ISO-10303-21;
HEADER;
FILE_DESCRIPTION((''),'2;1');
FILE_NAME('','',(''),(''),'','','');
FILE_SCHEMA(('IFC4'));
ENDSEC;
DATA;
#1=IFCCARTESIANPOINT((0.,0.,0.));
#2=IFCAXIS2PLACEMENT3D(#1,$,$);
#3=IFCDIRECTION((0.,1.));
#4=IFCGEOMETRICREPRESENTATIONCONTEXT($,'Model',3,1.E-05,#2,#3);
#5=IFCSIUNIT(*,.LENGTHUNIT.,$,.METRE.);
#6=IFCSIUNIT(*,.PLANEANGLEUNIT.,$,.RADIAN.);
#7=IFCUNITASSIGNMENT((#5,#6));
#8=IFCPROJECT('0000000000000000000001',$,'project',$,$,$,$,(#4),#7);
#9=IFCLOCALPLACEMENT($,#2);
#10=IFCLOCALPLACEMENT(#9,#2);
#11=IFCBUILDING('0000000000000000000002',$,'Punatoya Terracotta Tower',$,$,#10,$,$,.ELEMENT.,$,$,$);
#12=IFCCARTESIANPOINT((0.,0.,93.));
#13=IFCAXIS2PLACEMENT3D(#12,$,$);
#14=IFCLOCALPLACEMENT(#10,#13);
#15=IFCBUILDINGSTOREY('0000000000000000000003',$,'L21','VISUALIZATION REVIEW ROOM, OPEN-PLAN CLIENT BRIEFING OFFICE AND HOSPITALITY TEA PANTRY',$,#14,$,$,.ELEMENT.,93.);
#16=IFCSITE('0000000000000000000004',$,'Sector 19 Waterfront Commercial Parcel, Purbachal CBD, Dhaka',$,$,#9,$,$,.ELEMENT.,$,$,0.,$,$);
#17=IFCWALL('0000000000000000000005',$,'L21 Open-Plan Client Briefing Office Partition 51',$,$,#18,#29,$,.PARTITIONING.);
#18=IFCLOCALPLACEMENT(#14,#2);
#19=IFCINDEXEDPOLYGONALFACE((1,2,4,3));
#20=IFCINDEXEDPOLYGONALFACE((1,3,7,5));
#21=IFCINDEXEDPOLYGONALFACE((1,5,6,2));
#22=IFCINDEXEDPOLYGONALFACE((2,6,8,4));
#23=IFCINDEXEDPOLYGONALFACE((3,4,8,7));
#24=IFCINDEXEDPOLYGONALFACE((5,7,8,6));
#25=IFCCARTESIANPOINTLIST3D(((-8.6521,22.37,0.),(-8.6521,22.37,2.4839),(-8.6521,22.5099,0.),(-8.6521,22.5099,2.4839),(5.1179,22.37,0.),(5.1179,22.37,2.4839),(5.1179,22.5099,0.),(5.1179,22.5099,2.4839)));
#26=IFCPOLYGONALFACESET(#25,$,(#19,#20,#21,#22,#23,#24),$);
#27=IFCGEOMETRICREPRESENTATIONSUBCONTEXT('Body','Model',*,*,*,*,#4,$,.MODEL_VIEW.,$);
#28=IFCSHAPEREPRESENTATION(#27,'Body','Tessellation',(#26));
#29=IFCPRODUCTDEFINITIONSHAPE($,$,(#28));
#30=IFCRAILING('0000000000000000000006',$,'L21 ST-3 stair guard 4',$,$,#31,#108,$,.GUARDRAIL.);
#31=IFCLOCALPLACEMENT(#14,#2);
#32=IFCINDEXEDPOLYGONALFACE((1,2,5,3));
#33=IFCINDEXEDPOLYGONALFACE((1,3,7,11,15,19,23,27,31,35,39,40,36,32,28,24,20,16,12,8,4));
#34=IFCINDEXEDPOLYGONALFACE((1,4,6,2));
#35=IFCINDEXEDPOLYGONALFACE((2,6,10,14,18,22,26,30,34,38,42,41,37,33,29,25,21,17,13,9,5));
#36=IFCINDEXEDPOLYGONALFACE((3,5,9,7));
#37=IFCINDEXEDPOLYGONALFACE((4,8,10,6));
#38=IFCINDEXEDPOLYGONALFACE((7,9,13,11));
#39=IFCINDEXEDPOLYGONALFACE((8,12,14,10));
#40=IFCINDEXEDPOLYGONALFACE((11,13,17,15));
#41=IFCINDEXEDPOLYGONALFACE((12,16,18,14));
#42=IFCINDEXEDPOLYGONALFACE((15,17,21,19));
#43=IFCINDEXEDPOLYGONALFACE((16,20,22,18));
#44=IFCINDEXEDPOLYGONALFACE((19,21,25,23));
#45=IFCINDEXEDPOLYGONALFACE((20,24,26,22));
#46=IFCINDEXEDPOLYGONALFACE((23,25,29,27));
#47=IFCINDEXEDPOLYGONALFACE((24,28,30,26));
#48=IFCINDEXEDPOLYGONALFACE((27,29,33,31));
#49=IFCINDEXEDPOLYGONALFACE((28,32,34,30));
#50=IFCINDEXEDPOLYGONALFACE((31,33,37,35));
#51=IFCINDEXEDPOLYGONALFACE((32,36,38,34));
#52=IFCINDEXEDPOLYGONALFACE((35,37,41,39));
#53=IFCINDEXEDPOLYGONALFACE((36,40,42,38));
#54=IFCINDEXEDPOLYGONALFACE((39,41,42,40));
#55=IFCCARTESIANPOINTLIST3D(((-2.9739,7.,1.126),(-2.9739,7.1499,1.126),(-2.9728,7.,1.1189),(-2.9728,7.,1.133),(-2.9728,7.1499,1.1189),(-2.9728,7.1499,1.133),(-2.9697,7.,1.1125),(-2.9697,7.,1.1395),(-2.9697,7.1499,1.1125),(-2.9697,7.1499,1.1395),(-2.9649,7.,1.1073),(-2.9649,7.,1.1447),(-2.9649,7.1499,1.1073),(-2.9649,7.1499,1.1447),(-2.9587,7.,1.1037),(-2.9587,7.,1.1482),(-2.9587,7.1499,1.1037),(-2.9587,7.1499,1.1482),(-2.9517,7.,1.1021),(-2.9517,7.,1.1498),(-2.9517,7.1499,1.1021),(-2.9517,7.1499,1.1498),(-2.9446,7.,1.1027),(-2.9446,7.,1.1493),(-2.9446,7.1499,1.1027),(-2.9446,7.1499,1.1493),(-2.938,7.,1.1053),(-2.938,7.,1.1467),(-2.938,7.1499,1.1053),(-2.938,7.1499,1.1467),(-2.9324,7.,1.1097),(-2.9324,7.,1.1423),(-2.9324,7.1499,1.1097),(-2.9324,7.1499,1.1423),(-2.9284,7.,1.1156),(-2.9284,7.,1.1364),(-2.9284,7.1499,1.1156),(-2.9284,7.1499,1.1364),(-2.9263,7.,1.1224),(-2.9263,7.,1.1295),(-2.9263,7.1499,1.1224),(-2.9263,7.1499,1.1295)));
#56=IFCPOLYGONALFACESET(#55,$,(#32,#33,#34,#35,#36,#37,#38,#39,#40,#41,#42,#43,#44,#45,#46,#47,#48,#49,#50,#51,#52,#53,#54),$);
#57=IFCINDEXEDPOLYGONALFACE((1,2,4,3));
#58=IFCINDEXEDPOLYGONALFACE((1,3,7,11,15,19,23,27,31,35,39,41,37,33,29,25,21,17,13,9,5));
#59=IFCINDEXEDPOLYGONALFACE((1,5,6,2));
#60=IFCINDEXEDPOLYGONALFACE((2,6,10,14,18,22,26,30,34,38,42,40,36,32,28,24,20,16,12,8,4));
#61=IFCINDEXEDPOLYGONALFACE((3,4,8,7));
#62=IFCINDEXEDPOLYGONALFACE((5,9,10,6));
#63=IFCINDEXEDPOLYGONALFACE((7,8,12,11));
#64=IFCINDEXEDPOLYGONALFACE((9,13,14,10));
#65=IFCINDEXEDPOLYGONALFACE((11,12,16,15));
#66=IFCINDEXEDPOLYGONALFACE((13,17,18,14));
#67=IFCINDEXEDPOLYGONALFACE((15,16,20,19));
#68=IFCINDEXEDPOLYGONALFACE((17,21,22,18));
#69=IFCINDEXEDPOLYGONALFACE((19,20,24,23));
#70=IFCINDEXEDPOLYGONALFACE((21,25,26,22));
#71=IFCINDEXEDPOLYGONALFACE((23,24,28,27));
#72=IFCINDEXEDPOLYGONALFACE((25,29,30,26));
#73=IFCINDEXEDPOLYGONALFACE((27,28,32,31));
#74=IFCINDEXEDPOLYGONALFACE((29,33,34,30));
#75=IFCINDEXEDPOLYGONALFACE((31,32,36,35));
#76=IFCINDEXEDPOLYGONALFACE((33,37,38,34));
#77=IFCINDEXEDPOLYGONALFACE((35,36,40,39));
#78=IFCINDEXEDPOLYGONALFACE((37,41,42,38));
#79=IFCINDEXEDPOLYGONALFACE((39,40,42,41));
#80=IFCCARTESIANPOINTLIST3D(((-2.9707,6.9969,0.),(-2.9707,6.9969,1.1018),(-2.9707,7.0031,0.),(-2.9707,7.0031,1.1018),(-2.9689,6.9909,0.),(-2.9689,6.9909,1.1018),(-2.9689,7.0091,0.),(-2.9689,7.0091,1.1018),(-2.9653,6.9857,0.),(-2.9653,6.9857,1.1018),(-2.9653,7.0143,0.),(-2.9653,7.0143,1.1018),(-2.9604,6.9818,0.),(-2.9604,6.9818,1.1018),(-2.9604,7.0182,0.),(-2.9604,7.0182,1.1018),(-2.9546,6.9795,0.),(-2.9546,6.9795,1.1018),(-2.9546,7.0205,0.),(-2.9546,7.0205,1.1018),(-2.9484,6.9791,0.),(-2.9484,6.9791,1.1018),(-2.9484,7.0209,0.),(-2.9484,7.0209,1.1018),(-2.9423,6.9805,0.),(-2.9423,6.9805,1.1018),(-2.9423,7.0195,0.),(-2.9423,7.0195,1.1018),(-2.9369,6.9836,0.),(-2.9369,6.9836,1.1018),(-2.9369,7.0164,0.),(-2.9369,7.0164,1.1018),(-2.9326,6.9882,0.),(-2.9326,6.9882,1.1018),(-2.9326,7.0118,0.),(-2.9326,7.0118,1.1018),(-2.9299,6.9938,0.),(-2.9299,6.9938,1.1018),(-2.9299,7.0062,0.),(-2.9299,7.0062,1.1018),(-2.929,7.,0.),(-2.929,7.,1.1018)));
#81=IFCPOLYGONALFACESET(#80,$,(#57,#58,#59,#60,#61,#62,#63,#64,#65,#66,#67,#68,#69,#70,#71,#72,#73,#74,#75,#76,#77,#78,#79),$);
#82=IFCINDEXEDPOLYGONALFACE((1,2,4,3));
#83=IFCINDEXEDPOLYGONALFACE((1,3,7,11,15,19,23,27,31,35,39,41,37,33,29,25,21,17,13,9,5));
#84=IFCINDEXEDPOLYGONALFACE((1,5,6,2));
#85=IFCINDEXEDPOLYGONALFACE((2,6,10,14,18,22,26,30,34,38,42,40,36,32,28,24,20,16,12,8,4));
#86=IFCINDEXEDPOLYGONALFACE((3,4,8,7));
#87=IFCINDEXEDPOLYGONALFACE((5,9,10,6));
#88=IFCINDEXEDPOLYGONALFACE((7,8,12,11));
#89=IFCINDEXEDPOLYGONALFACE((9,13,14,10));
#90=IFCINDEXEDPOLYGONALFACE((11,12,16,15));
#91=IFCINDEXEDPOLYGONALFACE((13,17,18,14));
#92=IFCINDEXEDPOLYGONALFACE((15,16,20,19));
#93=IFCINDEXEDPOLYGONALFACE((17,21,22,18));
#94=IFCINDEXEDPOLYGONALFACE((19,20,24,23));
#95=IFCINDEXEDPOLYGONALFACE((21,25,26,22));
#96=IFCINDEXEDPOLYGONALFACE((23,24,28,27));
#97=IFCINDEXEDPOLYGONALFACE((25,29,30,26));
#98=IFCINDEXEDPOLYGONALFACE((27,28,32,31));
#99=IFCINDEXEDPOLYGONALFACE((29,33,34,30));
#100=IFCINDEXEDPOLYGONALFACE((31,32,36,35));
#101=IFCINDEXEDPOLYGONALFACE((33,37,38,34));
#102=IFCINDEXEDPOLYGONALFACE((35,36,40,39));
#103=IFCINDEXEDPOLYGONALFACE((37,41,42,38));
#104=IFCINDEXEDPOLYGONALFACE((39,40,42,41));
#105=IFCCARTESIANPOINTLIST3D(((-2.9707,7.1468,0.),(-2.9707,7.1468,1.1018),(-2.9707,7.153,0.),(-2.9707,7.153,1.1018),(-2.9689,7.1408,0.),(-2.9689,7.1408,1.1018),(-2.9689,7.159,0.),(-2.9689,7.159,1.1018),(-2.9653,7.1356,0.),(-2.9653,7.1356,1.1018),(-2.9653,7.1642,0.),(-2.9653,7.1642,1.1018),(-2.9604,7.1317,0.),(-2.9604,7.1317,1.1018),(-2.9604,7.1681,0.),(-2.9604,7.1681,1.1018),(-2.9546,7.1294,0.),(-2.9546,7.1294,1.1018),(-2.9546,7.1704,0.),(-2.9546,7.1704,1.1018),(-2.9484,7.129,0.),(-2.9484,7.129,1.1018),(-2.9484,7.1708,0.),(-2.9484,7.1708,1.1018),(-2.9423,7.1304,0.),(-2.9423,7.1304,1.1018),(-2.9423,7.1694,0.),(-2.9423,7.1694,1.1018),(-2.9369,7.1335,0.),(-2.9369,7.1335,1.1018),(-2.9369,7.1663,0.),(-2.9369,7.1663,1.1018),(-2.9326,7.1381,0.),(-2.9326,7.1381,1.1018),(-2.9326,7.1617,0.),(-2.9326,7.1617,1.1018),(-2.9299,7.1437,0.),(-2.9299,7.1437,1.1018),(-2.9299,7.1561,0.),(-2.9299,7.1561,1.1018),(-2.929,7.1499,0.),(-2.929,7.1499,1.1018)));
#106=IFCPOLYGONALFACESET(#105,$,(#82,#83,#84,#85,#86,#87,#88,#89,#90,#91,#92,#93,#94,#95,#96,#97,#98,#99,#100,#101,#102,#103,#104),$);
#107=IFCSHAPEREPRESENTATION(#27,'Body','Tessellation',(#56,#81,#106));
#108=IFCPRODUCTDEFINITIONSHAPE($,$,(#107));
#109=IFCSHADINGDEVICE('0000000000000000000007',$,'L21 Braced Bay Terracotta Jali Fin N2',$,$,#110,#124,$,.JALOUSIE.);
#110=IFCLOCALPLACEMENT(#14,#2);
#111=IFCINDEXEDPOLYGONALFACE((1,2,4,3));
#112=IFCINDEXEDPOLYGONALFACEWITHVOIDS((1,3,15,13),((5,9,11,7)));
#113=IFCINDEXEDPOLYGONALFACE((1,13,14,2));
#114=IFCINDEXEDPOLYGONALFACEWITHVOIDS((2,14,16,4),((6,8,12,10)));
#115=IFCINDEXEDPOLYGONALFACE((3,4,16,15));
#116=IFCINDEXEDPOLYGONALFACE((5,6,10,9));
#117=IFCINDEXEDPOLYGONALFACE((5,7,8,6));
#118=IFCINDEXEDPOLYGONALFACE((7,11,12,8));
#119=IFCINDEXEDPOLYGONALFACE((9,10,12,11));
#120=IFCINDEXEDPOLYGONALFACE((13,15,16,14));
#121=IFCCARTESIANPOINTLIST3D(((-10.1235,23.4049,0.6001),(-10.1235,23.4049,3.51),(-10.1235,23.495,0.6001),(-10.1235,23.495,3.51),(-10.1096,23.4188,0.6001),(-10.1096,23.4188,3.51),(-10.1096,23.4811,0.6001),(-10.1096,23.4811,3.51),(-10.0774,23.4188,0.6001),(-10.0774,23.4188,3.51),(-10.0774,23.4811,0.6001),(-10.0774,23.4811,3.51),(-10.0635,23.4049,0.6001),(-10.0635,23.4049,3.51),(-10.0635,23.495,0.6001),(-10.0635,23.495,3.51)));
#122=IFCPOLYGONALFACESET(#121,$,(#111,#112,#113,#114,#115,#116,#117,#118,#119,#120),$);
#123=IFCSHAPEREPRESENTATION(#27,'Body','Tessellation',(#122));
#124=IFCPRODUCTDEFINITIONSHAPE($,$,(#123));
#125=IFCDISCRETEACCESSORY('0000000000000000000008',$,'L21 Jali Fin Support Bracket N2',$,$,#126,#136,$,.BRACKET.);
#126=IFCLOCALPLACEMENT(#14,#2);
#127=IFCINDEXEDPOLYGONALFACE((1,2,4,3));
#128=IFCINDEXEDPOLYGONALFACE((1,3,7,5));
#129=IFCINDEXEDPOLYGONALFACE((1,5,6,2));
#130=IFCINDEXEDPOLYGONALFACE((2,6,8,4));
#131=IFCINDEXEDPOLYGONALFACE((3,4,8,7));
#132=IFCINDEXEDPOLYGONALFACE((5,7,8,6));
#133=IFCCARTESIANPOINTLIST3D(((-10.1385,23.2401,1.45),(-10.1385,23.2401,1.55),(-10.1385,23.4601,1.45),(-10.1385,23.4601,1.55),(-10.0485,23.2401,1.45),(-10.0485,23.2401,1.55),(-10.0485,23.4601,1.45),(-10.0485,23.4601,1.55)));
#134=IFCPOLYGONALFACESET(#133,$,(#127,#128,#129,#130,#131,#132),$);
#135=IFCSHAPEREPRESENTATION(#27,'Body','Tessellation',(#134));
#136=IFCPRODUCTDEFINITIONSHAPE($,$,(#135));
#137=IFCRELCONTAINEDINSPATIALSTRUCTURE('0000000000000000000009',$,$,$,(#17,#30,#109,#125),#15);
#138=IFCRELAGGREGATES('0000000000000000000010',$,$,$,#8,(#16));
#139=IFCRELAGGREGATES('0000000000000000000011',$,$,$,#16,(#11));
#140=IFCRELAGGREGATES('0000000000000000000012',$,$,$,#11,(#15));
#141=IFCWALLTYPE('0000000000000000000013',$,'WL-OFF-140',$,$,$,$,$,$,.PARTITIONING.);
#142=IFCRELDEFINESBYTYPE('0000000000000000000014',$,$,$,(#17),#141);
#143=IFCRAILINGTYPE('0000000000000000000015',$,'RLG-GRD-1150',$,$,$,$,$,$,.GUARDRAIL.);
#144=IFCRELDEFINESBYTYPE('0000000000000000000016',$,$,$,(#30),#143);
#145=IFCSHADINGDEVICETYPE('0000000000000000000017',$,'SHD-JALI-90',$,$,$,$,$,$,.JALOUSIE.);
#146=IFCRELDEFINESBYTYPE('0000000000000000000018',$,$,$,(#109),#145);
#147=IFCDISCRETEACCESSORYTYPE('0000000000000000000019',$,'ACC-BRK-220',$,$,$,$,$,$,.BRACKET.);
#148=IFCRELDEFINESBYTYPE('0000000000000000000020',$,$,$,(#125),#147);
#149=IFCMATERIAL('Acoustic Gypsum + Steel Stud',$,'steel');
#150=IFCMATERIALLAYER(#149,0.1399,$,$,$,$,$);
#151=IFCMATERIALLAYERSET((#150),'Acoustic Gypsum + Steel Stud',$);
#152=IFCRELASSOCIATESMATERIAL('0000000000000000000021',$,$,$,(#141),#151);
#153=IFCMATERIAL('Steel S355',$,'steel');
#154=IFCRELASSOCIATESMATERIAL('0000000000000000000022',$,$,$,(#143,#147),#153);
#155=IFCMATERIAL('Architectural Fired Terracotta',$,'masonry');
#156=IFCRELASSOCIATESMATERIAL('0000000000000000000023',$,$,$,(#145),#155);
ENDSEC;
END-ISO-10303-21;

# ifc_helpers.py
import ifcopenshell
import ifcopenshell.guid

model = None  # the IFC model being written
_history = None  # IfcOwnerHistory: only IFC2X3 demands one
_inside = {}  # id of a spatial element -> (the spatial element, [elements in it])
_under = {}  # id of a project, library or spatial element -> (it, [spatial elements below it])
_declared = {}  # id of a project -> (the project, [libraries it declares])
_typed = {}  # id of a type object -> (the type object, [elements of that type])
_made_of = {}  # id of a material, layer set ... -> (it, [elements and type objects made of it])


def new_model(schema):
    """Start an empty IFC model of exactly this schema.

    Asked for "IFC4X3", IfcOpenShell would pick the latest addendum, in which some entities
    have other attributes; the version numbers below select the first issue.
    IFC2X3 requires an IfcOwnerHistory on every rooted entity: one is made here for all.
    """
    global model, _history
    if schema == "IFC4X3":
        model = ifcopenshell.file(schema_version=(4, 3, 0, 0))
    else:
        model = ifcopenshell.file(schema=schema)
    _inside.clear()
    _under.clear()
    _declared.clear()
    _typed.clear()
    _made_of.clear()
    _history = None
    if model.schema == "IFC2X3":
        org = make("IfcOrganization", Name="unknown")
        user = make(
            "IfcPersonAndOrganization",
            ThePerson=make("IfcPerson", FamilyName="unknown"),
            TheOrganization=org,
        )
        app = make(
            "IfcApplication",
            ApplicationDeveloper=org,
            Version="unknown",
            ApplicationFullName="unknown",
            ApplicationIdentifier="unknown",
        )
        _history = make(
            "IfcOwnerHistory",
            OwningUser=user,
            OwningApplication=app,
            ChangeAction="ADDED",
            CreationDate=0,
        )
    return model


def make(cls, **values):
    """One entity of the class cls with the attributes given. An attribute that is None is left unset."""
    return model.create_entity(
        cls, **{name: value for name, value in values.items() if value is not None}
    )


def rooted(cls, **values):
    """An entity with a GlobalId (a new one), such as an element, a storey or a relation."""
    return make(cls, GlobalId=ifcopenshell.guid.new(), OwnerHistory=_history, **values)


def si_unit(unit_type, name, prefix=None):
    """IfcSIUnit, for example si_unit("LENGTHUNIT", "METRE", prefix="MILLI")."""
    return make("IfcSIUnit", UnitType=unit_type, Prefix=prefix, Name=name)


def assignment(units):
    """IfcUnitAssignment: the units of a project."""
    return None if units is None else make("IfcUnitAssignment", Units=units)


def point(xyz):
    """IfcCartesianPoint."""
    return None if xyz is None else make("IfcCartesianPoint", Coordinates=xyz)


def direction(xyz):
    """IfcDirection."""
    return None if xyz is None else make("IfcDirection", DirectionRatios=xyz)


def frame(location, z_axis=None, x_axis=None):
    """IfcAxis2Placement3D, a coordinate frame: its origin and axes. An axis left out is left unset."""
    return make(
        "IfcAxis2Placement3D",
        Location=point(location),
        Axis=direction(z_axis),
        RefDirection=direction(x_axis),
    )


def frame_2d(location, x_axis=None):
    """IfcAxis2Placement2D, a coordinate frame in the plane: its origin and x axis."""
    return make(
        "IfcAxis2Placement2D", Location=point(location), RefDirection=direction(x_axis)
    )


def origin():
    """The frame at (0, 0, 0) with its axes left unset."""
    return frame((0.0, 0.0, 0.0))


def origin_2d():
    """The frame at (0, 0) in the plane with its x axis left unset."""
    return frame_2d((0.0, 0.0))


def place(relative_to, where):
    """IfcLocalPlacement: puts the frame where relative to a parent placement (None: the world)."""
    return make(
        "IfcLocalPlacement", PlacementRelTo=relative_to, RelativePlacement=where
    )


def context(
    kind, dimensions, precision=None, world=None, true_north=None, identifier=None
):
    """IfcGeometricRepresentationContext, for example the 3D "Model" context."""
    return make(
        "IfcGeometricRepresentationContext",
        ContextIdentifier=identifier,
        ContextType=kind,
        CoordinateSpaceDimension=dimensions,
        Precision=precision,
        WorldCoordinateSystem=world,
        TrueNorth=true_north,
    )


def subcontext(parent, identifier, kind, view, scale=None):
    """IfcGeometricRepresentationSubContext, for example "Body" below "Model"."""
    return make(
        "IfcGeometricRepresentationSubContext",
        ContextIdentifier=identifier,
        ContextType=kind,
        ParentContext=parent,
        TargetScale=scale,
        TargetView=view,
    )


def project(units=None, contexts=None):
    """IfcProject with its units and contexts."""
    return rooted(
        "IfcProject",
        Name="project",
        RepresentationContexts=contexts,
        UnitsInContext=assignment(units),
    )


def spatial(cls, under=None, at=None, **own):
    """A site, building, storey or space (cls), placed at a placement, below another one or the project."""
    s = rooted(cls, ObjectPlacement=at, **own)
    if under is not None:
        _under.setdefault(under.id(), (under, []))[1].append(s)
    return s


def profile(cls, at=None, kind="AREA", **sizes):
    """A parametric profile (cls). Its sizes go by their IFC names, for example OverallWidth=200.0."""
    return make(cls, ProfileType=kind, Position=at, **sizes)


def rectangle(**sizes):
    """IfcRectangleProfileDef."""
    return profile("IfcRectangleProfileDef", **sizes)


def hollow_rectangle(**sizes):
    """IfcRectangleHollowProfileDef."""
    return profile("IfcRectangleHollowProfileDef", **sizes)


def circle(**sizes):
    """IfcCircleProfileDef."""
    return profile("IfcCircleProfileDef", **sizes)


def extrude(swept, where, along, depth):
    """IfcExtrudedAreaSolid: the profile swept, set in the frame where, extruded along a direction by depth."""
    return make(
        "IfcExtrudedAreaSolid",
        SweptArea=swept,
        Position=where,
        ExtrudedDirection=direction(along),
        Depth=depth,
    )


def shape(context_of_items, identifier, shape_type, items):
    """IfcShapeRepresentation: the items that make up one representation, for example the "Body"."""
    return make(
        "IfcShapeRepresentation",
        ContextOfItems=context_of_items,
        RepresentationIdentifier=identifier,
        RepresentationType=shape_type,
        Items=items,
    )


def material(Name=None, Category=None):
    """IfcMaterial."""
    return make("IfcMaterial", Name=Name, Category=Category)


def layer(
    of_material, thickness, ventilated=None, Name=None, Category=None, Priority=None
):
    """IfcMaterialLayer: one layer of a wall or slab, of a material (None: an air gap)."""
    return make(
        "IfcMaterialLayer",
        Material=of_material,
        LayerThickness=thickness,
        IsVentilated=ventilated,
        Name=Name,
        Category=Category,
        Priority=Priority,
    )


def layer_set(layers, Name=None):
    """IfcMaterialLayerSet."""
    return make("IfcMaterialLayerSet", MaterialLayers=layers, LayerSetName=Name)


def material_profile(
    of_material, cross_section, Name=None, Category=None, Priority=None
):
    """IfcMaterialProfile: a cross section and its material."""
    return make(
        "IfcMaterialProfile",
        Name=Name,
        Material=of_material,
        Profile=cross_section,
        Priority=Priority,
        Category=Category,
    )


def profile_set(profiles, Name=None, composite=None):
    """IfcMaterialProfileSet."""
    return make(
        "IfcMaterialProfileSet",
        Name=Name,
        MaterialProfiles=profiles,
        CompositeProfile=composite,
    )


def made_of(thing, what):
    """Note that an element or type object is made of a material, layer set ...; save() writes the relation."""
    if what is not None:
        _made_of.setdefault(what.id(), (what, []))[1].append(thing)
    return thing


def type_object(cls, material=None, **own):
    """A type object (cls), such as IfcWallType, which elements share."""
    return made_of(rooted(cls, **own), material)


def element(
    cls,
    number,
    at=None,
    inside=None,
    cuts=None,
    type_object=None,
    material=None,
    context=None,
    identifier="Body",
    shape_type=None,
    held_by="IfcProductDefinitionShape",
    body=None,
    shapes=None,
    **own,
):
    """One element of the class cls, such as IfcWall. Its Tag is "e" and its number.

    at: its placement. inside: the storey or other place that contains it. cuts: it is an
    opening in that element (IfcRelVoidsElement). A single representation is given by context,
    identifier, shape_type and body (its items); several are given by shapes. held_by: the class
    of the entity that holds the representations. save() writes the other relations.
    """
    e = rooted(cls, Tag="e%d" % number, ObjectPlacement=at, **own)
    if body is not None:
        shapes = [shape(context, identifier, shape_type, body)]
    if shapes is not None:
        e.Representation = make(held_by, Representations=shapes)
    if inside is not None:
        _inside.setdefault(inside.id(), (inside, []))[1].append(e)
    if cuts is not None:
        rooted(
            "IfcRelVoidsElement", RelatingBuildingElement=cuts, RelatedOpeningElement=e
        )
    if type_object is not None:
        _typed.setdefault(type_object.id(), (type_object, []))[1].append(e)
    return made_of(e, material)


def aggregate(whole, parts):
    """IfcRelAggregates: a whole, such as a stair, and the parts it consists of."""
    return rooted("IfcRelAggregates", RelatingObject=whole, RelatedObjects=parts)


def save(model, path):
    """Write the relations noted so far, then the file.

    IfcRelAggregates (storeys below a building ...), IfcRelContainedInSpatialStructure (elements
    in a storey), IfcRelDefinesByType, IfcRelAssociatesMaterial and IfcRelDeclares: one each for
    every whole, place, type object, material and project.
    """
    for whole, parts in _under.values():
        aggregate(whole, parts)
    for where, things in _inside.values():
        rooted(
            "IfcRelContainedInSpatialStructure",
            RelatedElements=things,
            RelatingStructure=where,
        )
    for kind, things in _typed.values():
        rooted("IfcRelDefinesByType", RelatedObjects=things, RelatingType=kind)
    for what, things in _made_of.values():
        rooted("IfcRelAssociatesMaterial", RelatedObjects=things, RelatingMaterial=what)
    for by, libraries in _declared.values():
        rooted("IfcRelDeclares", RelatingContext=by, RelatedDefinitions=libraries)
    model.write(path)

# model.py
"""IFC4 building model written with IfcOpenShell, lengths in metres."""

from ifc_helpers import new_model, si_unit, direction, frame, frame_2d, origin, origin_2d, place, context, subcontext, project, spatial, rectangle, hollow_rectangle, circle, extrude, material, layer, layer_set, material_profile, profile_set, type_object, element, save


model = new_model("IFC4")

# Units and contexts
model_context = context("Model", 3, precision=1e-05, world=origin(), true_north=direction((0.0, 1.0)))
body_context = subcontext(model_context, "Body", "Model", "MODEL_VIEW")
ifc_project = project(units=[si_unit("LENGTHUNIT", "METRE"), si_unit("PLANEANGLEUNIT", "RADIAN")], contexts=[model_context])

# Site, building, storey
site_placement = place(None, origin())
site = spatial("IfcSite", under=ifc_project, at=site_placement, Name="Sector 19 Waterfront Commercial Parcel, Purbachal CBD, Dhaka", CompositionType="ELEMENT", RefElevation=0.0)
building_placement = place(site_placement, origin())
building = spatial("IfcBuilding", under=site, at=building_placement, Name="Punatoya Terracotta Tower", CompositionType="ELEMENT")
storey_placement = place(building_placement, frame((0.0, 0.0, 93.0)))
storey = spatial("IfcBuildingStorey", under=building, at=storey_placement, Name="L21", Description="VISUALIZATION REVIEW ROOM, OPEN-PLAN CLIENT BRIEFING OFFICE AND HOSPITALITY TEA PANTRY", CompositionType="ELEMENT", Elevation=93.0)

# Shared definitions
ifc_material_1 = material(Name="Steel S355", Category="steel")

# Wall
ifc_material_2 = material(Name="Acoustic Gypsum + Steel Stud", Category="steel")
ifc_layer_1 = layer(ifc_material_2, 0.1399)
ifc_layer_set_1 = layer_set([ifc_layer_1], Name="Acoustic Gypsum + Steel Stud")
wall_type_1 = type_object("IfcWallType", Name="WL-OFF-140", PredefinedType="PARTITIONING", material=ifc_layer_set_1)
wall_1_placement = place(storey_placement, frame((-8.6521, 22.4399, 0.0), z_axis=(0.0, 0.0, 1.0), x_axis=(1.0, 0.0, 0.0)))
element("IfcWall", 1, at=wall_1_placement, inside=storey, type_object=wall_type_1, Name="L21 Open-Plan Client Briefing Office Partition 51", PredefinedType="PARTITIONING", context=body_context, shape_type="SweptSolid", body=[
    extrude(rectangle(XDim=13.77, YDim=0.1399, at=frame_2d((6.885, 0.0))), origin(), (0.0, 0.0, 1.0), 2.4839),
])

# Railing
railing_type = type_object("IfcRailingType", Name="RLG-GRD-1150", PredefinedType="GUARDRAIL", material=ifc_material_1)
railing_placement = place(storey_placement, frame((-2.95, 7.0, 0.0)))
element("IfcRailing", 2, at=railing_placement, inside=storey, type_object=railing_type, Name="L21 ST-3 stair guard 4", PredefinedType="GUARDRAIL", context=body_context, shape_type="SweptSolid", body=[
    extrude(circle(Radius=0.0239, at=origin_2d()), frame((0.0, 0.0, 1.126), z_axis=(0.0, 1.0, 0.0), x_axis=(-1.0, 0.0, 0.0)), (0.0, 0.0, 1.0), 0.1499),
    extrude(circle(Radius=0.021, at=origin_2d()), origin(), (0.0, 0.0, 1.0), 1.1018),
    extrude(circle(Radius=0.021, at=origin_2d()), frame((0.0, 0.1499, 0.0)), (0.0, 0.0, 1.0), 1.1018),
])

# Shading device
ifc_material_3 = material(Name="Architectural Fired Terracotta", Category="masonry")
ifc_material_profile_1 = material_profile(ifc_material_3, hollow_rectangle(XDim=0.0601, YDim=0.0901, WallThickness=0.0139, at=origin_2d()))
ifc_profile_set_1 = profile_set([ifc_material_profile_1], Name="Architectural Fired Terracotta")
shading_device_type = type_object("IfcShadingDeviceType", Name="SHD-JALI-90", PredefinedType="JALOUSIE", material=ifc_profile_set_1)
shading_device_placement = place(storey_placement, frame((-10.0935, 23.45, 0.6001), z_axis=(0.0, 0.0, 1.0), x_axis=(1.0, 0.0, 0.0)))
element("IfcShadingDevice", 3, at=shading_device_placement, inside=storey, type_object=shading_device_type, Name="L21 Braced Bay Terracotta Jali Fin N2", PredefinedType="JALOUSIE", context=body_context, shape_type="SweptSolid", body=[
    extrude(hollow_rectangle(XDim=0.0601, YDim=0.0901, WallThickness=0.0139, at=origin_2d()), origin(), (0.0, 0.0, 1.0), 2.9099),
])

# Discrete accessory
discrete_accessory_type = type_object("IfcDiscreteAccessoryType", Name="ACC-BRK-220", PredefinedType="BRACKET", material=ifc_material_1)
discrete_accessory_placement = place(storey_placement, frame((-10.0935, 23.3501, 1.45), z_axis=(0.0, 0.0, 1.0), x_axis=(-1.0, 0.0, 0.0)))
element("IfcDiscreteAccessory", 4, at=discrete_accessory_placement, inside=storey, type_object=discrete_accessory_type, Name="L21 Jali Fin Support Bracket N2", PredefinedType="BRACKET", context=body_context, shape_type="SweptSolid", body=[
    extrude(rectangle(XDim=0.0901, YDim=0.22, at=origin_2d()), origin(), (0.0, 0.0, 1.0), 0.1001),
])

save(model, "model.ifc")
